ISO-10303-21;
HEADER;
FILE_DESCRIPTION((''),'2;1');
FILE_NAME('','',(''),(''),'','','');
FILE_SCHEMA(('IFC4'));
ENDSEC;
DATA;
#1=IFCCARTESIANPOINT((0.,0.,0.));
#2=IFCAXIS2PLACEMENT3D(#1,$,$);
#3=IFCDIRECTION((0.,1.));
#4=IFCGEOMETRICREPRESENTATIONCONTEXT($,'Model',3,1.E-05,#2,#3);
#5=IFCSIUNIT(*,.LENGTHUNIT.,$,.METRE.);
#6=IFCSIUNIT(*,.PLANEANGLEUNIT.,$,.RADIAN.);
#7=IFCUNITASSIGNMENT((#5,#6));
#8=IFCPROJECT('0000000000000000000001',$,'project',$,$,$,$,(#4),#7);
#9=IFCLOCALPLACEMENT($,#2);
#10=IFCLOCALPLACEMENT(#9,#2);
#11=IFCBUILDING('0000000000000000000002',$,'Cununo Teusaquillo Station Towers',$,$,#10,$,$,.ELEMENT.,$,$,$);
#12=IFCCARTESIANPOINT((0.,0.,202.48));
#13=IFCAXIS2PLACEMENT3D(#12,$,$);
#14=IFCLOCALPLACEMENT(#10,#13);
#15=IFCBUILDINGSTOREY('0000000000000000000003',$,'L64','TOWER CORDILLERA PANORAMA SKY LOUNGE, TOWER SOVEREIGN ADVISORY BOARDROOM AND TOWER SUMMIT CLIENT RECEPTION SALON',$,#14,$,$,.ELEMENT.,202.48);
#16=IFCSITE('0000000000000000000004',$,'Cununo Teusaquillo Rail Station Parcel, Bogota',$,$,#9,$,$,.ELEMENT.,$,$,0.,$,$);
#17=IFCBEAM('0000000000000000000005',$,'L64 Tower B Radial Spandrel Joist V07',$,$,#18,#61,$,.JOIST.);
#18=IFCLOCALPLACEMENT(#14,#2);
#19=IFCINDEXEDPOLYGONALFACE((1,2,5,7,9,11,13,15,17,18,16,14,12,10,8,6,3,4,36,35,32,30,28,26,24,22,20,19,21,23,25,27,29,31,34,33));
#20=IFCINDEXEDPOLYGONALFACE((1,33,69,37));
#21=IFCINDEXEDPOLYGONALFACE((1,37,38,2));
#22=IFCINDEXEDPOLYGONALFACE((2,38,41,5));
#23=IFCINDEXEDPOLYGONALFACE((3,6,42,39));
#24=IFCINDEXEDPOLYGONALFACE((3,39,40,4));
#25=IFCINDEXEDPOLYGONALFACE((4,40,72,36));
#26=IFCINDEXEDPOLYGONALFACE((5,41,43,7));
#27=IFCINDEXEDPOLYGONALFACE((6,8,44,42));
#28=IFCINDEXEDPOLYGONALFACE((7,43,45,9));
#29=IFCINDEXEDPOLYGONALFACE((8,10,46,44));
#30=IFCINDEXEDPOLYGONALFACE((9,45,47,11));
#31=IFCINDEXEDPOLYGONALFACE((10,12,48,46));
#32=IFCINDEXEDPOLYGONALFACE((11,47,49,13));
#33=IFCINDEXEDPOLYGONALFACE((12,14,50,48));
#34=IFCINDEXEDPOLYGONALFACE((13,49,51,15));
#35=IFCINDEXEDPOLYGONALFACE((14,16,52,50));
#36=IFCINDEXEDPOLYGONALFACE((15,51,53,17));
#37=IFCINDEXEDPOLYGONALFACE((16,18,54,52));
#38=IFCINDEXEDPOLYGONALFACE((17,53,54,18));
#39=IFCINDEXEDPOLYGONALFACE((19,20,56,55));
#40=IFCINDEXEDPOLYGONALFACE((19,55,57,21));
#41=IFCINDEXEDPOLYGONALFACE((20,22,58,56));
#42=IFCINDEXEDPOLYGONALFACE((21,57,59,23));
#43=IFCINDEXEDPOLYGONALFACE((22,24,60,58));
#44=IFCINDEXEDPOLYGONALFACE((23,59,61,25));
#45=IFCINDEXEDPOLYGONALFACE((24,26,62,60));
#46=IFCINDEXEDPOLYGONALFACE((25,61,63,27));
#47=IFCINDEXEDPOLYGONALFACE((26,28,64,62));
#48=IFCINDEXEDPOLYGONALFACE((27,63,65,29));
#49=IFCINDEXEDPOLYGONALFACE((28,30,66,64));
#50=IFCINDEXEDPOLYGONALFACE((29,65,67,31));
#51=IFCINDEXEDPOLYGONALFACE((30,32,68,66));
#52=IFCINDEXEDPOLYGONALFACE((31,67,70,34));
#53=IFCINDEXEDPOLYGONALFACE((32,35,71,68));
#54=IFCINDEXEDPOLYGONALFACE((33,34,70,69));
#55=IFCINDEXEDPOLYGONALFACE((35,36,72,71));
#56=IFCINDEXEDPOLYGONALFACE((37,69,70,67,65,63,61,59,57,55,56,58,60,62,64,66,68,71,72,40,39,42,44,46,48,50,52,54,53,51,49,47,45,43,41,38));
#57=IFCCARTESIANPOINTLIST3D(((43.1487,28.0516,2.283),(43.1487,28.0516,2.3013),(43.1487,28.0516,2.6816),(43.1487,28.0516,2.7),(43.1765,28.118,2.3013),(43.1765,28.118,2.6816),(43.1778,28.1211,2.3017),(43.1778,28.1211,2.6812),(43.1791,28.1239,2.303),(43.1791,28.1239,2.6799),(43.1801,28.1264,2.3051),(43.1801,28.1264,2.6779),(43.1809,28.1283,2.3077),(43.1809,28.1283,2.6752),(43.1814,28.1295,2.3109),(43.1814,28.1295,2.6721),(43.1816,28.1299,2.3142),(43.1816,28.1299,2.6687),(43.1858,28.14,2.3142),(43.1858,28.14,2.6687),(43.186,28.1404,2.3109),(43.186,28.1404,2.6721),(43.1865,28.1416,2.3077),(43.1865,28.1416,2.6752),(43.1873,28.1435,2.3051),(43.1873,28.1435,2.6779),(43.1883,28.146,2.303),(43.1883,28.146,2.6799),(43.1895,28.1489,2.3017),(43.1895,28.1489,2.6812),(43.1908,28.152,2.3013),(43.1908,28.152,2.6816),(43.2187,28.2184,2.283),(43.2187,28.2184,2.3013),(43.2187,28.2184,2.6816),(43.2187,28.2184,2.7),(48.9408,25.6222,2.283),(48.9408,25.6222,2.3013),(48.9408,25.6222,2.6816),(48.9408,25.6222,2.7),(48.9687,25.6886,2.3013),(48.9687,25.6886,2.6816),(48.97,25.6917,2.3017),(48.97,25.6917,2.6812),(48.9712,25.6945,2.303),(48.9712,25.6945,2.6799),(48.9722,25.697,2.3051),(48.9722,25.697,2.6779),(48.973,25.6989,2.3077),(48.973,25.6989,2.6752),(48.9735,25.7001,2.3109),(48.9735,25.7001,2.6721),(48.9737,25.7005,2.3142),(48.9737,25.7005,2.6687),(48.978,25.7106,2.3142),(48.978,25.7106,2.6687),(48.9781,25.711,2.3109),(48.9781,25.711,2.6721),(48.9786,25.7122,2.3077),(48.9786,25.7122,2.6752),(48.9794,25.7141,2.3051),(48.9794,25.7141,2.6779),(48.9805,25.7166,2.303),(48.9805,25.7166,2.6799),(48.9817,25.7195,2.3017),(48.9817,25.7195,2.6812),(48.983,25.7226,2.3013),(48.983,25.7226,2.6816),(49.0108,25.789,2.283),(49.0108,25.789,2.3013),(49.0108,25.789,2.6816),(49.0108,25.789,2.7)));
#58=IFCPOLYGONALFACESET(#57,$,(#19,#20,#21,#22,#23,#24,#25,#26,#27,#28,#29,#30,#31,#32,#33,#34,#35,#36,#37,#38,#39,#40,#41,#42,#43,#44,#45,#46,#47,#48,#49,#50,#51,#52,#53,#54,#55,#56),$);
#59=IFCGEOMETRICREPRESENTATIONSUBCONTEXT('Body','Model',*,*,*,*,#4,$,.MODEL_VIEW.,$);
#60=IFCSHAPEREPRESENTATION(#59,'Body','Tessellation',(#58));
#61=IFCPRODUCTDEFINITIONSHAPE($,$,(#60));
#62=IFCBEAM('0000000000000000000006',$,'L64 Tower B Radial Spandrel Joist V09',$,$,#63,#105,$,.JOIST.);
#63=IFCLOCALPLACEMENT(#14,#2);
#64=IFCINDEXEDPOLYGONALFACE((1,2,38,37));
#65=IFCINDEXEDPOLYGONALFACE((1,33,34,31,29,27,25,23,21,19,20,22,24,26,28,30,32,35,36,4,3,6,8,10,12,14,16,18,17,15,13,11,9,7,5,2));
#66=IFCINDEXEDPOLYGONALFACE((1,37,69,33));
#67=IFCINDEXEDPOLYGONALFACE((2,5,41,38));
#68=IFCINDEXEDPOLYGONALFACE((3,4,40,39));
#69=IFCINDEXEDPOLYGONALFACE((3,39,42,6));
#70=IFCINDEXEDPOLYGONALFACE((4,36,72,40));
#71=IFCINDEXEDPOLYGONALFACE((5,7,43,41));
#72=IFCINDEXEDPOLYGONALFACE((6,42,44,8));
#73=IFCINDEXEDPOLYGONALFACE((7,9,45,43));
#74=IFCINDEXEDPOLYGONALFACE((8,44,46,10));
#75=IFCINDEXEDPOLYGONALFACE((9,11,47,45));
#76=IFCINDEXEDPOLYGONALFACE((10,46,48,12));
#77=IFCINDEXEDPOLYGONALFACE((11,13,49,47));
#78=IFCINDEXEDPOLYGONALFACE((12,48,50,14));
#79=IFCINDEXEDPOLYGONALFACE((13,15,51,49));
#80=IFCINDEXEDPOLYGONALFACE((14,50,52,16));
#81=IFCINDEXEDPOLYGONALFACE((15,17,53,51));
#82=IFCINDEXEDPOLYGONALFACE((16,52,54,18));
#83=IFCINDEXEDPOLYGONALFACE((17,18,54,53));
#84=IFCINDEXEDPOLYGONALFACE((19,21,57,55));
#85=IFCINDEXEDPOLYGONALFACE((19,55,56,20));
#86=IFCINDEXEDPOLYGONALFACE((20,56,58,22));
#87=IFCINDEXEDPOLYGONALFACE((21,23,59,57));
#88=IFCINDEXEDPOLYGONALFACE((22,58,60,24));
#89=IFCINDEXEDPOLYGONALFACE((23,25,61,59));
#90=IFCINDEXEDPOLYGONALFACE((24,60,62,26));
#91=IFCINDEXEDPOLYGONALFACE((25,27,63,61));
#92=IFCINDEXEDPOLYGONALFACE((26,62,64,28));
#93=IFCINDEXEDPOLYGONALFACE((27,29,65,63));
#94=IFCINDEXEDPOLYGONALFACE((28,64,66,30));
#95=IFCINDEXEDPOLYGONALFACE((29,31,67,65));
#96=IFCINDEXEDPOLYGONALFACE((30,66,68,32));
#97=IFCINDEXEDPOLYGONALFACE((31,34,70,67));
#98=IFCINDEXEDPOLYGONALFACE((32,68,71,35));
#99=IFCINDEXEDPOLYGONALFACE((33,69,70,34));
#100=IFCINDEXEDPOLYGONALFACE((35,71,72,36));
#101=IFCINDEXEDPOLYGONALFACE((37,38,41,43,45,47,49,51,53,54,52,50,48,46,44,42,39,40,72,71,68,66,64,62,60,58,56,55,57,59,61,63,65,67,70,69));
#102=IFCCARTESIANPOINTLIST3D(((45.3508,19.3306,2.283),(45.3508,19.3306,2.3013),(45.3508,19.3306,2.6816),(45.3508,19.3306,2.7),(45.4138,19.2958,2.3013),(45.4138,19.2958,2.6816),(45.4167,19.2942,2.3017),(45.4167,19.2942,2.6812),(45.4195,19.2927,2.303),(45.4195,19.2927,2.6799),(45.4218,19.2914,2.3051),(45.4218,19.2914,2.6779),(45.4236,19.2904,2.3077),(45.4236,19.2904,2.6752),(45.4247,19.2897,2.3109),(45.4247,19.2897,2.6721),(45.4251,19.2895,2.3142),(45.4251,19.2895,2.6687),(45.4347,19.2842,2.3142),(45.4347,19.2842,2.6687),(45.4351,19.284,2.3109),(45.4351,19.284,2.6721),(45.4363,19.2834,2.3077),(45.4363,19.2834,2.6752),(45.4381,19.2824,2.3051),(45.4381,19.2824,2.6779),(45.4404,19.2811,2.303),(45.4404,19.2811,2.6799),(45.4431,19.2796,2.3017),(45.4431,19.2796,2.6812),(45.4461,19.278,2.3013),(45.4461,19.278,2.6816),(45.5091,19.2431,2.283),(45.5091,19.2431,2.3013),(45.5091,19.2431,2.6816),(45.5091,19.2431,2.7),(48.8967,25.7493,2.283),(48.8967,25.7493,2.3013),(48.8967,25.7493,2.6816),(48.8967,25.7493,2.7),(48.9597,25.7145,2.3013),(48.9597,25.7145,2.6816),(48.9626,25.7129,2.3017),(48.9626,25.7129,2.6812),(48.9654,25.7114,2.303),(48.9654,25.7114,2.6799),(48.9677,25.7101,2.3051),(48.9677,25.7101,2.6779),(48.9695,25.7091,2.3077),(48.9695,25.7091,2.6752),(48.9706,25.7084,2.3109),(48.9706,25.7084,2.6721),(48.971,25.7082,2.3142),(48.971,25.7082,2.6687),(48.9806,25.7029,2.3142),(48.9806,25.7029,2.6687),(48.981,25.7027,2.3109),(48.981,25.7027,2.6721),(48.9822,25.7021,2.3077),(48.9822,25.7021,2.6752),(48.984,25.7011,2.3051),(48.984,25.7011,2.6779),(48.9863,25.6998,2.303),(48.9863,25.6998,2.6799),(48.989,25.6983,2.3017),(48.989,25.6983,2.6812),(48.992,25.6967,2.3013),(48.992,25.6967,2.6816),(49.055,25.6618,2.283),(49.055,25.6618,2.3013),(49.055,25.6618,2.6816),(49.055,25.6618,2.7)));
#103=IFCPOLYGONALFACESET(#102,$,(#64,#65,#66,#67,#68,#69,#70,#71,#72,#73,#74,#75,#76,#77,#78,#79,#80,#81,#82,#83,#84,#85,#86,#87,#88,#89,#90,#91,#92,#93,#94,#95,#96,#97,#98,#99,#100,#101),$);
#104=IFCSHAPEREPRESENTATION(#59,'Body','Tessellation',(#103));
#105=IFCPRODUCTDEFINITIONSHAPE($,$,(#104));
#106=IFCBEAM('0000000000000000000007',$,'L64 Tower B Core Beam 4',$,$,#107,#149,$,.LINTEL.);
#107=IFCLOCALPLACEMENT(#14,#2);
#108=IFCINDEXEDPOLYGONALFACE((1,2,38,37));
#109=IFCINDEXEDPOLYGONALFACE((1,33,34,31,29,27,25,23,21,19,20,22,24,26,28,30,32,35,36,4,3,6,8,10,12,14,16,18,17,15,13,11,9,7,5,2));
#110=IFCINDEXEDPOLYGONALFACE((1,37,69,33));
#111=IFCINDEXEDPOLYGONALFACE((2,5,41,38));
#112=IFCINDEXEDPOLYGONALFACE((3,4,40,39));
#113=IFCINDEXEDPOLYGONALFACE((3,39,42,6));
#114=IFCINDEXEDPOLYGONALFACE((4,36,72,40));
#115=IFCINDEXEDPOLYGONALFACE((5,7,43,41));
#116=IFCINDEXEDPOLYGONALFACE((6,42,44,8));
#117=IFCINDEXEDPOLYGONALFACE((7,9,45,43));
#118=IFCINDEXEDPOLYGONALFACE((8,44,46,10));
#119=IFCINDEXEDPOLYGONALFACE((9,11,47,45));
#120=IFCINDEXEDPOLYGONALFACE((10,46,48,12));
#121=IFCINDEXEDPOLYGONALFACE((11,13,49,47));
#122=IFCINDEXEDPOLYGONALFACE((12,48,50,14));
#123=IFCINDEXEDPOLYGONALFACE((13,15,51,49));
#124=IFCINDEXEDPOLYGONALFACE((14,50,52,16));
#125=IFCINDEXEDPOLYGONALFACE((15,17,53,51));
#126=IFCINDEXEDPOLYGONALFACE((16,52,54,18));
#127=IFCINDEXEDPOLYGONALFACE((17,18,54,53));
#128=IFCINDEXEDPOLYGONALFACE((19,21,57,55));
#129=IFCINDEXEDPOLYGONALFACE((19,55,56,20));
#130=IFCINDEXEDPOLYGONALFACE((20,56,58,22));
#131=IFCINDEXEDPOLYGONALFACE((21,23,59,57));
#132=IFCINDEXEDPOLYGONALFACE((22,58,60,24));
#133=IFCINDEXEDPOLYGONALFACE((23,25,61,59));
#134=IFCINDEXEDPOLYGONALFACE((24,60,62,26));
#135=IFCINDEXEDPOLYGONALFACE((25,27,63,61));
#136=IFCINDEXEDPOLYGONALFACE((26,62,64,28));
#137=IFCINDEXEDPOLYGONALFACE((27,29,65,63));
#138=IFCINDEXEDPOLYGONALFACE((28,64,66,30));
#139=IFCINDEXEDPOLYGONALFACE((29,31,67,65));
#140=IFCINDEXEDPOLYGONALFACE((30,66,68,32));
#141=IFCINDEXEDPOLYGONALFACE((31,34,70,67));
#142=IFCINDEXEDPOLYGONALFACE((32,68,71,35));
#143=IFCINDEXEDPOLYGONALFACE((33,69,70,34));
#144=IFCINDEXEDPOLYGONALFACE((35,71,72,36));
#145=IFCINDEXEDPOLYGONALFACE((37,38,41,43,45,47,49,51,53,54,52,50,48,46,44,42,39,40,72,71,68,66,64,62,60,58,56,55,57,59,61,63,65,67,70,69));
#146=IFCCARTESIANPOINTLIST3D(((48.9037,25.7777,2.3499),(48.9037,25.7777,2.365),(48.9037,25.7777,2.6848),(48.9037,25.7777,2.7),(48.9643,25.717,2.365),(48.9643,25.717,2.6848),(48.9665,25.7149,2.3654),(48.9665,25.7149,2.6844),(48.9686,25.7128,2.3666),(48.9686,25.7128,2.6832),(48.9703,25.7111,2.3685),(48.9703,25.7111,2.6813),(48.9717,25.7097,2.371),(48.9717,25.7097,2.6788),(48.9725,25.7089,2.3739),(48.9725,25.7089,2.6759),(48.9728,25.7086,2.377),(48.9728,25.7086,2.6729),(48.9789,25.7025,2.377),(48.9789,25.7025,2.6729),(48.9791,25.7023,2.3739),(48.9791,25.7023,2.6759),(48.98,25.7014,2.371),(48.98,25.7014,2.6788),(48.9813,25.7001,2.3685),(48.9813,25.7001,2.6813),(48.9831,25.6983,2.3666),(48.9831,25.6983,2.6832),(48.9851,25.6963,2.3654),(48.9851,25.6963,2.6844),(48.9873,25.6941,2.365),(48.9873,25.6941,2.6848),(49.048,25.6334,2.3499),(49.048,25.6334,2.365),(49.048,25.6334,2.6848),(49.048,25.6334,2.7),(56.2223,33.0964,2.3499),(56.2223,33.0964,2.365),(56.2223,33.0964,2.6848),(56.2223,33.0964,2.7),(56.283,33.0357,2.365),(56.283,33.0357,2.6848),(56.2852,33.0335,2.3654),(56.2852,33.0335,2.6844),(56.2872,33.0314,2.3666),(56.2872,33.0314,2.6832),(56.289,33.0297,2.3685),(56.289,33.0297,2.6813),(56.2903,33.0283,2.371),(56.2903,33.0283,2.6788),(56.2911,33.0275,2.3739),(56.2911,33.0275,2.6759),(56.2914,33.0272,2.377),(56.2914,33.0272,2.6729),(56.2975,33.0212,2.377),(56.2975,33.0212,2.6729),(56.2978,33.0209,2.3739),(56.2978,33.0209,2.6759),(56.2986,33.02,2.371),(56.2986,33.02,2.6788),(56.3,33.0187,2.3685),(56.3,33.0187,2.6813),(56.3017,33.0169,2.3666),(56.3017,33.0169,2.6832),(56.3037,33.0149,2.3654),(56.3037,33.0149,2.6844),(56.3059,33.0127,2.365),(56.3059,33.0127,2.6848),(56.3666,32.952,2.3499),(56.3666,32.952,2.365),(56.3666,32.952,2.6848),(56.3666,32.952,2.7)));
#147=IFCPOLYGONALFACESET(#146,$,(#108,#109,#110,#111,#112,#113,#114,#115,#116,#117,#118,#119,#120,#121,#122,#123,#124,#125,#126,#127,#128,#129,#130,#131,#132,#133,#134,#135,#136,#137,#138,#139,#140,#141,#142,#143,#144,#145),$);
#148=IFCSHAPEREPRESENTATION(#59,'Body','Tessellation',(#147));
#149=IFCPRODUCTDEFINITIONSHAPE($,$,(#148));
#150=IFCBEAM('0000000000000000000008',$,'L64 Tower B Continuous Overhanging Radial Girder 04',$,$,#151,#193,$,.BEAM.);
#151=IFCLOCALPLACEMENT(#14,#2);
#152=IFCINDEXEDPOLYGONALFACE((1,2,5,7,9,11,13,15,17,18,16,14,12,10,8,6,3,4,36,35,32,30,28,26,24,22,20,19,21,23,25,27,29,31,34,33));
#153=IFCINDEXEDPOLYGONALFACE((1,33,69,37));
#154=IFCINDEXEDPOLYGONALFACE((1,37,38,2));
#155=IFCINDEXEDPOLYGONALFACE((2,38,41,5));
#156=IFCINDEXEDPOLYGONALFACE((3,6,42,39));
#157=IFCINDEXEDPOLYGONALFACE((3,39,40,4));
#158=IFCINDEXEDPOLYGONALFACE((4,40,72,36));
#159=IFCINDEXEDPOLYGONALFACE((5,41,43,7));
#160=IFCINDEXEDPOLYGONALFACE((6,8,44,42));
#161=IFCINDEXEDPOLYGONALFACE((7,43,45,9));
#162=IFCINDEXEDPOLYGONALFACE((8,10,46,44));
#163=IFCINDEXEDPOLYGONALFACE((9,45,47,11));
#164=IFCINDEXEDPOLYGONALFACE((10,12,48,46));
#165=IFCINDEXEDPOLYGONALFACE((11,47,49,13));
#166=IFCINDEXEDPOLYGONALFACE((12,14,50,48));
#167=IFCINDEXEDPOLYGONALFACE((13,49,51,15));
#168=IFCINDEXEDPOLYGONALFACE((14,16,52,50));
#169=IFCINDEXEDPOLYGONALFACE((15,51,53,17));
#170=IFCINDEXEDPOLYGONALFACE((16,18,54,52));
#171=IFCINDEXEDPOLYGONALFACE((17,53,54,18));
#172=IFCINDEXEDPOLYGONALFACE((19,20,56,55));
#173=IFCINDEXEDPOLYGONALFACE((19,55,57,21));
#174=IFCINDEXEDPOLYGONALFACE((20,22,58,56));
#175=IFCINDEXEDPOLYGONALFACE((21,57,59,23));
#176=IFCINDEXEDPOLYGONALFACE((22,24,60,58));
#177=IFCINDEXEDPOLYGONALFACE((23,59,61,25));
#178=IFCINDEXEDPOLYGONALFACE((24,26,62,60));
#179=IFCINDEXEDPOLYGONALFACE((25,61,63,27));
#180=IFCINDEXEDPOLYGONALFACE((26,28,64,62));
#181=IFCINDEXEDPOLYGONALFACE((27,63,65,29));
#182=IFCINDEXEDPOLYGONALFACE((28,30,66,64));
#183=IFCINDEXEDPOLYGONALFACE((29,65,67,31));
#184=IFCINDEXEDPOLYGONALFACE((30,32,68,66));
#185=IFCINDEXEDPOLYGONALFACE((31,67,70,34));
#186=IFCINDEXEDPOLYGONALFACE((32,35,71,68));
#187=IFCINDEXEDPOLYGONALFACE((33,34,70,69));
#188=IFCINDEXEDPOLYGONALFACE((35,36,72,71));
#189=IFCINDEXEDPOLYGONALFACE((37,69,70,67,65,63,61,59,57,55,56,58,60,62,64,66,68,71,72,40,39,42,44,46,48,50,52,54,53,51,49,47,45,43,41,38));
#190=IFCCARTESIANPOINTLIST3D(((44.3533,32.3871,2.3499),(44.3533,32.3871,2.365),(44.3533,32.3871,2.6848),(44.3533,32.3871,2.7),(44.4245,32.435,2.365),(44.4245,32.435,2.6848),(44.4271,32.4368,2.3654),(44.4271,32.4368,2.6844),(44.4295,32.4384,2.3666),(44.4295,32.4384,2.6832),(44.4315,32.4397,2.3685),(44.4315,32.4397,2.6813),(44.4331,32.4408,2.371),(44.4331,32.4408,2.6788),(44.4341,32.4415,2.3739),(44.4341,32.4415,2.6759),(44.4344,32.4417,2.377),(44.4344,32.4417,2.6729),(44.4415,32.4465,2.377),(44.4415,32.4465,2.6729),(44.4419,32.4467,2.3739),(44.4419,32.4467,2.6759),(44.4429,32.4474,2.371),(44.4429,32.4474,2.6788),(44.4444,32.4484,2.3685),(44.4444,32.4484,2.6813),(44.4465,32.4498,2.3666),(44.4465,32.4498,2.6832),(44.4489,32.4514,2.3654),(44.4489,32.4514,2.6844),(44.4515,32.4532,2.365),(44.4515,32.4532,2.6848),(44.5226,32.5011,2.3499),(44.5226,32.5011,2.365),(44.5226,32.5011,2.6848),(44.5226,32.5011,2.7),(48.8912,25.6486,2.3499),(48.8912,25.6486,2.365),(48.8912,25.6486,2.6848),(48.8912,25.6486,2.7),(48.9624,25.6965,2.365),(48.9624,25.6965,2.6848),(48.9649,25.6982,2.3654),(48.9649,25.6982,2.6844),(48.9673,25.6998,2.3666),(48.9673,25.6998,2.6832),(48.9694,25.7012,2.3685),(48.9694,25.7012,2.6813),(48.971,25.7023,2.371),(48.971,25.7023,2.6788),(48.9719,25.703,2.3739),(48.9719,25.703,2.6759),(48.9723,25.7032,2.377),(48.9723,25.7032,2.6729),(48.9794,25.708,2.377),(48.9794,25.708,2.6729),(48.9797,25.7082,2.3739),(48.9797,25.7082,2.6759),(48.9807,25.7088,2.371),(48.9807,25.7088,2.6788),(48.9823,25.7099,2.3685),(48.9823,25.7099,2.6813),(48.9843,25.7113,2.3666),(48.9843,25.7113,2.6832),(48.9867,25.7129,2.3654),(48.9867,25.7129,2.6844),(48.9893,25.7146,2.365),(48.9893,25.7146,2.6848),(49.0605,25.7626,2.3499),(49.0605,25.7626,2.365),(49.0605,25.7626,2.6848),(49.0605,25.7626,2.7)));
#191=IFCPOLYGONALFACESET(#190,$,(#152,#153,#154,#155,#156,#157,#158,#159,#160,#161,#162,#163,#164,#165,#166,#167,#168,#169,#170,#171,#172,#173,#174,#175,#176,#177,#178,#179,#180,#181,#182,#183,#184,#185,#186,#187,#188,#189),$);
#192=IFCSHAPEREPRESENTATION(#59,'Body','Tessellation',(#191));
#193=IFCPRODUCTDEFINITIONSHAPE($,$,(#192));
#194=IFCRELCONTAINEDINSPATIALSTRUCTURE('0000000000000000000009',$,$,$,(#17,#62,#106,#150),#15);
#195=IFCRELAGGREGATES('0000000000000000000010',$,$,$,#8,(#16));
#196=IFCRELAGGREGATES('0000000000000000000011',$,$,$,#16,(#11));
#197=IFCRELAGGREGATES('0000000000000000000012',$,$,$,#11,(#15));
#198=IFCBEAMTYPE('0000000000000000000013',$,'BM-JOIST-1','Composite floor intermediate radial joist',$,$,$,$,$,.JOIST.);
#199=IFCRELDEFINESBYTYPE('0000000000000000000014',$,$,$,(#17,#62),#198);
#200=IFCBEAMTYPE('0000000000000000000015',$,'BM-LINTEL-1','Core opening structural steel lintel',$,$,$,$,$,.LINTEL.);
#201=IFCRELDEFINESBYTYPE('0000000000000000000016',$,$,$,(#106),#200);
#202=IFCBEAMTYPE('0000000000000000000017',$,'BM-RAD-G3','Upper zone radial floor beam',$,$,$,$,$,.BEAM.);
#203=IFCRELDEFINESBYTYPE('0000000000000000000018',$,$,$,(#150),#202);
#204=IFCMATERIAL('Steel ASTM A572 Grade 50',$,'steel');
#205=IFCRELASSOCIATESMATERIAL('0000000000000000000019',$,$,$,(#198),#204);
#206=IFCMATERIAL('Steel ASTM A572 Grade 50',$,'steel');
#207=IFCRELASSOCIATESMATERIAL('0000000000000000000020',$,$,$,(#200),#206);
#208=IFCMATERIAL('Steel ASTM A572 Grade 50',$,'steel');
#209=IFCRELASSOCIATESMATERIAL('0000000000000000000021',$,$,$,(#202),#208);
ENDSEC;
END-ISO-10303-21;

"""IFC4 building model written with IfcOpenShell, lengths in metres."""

from ifc_helpers import new_model, si_unit, direction, frame, origin, origin_2d, place, context, subcontext, project, spatial, i_section, extrude, material, material_profile, profile_set, type_object, element, save


model = new_model("IFC4")

# Units and contexts
model_context = context("Model", 3, precision=1e-05, world=origin(), true_north=direction((0.0, 1.0)))
body_context = subcontext(model_context, "Body", "Model", "MODEL_VIEW")
ifc_project = project(units=[si_unit("LENGTHUNIT", "METRE"), si_unit("PLANEANGLEUNIT", "RADIAN")], contexts=[model_context])

# Site, building, storey
site_placement = place(None, origin())
site = spatial("IfcSite", under=ifc_project, at=site_placement, Name="Cununo Teusaquillo Rail Station Parcel, Bogota", CompositionType="ELEMENT", RefElevation=0.0)
building_placement = place(site_placement, origin())
building = spatial("IfcBuilding", under=site, at=building_placement, Name="Cununo Teusaquillo Station Towers", CompositionType="ELEMENT")
storey_placement = place(building_placement, frame((0.0, 0.0, 202.48)))
storey = spatial("IfcBuildingStorey", under=building, at=storey_placement, Name="L64", Description="TOWER CORDILLERA PANORAMA SKY LOUNGE, TOWER SOVEREIGN ADVISORY BOARDROOM AND TOWER SUMMIT CLIENT RECEPTION SALON", CompositionType="ELEMENT", Elevation=202.48)

# Beams
ifc_material_1 = material(Name="Steel ASTM A572 Grade 50", Category="steel")
ifc_material_profile_1 = material_profile(ifc_material_1, i_section(OverallWidth=0.1809, OverallDepth=0.417, WebThickness=0.011, FlangeThickness=0.0183, FilletRadius=0.0129, at=origin_2d()), Name="W16X57")
ifc_profile_set_1 = profile_set([ifc_material_profile_1], Name="Steel ASTM A572 Grade 50")
beam_type_1 = type_object("IfcBeamType", Name="BM-JOIST-1", Description="Composite floor intermediate radial joist", PredefinedType="JOIST", material=ifc_profile_set_1)
beam_1_placement = place(storey_placement, frame((48.9758, 25.7056, 2.4915), z_axis=(-0.922169, 0.386786, 0.0), x_axis=(-0.386786, -0.922169, 0.0)))
element("IfcBeam", 1, at=beam_1_placement, inside=storey, type_object=beam_type_1, Name="L64 Tower B Radial Spandrel Joist V07", PredefinedType="JOIST", context=body_context, shape_type="SweptSolid", body=[
    extrude(i_section(OverallWidth=0.1809, OverallDepth=0.417, WebThickness=0.011, FlangeThickness=0.0183, FilletRadius=0.0129, at=origin_2d()), origin(), (0.0, 0.0, 1.0), 6.281),
])
beam_2_placement = place(storey_placement, frame((48.9758, 25.7056, 2.4915), z_axis=(-0.483553, -0.875315, 0.0), x_axis=(0.875315, -0.483553, 0.0)))
element("IfcBeam", 2, at=beam_2_placement, inside=storey, type_object=beam_type_1, Name="L64 Tower B Radial Spandrel Joist V09", PredefinedType="JOIST", context=body_context, shape_type="SweptSolid", body=[
    extrude(i_section(OverallWidth=0.1809, OverallDepth=0.417, WebThickness=0.011, FlangeThickness=0.0183, FilletRadius=0.0129, at=origin_2d()), origin(), (0.0, 0.0, 1.0), 7.333),
])
ifc_material_2 = material(Name="Steel ASTM A572 Grade 50", Category="steel")
ifc_material_profile_2 = material_profile(ifc_material_2, i_section(OverallWidth=0.2041, OverallDepth=0.3501, WebThickness=0.0085, FlangeThickness=0.0151, FilletRadius=0.012, at=origin_2d()), Name="W14X48")
ifc_profile_set_2 = profile_set([ifc_material_profile_2], Name="Steel ASTM A572 Grade 50")
beam_type_2 = type_object("IfcBeamType", Name="BM-LINTEL-1", Description="Core opening structural steel lintel", PredefinedType="LINTEL", material=ifc_profile_set_2)
beam_3_placement = place(storey_placement, frame((48.9758, 25.7056, 2.5249), z_axis=(0.707107, 0.707107, 0.0), x_axis=(-0.707107, 0.707107, 0.0)))
element("IfcBeam", 3, at=beam_3_placement, inside=storey, type_object=beam_type_2, Name="L64 Tower B Core Beam 4", PredefinedType="LINTEL", context=body_context, shape_type="SweptSolid", body=[
    extrude(i_section(OverallWidth=0.2041, OverallDepth=0.3501, WebThickness=0.0085, FlangeThickness=0.0151, FilletRadius=0.012, at=origin_2d()), origin(), (0.0, 0.0, 1.0), 10.3501),
])
ifc_material_3 = material(Name="Steel ASTM A572 Grade 50", Category="steel")
ifc_material_profile_3 = material_profile(ifc_material_3, i_section(OverallWidth=0.2041, OverallDepth=0.3501, WebThickness=0.0085, FlangeThickness=0.0151, FilletRadius=0.012, at=origin_2d()), Name="W14X48")
ifc_profile_set_3 = profile_set([ifc_material_profile_3], Name="Steel ASTM A572 Grade 50")
beam_type_3 = type_object("IfcBeamType", Name="BM-RAD-G3", Description="Upper zone radial floor beam", PredefinedType="BEAM", material=ifc_profile_set_3)
beam_4_placement = place(storey_placement, frame((48.9758, 25.7056, 2.5249), z_axis=(-0.558571, 0.829457, 0.0), x_axis=(-0.829457, -0.558571, 0.0)))
element("IfcBeam", 4, at=beam_4_placement, inside=storey, type_object=beam_type_3, Name="L64 Tower B Continuous Overhanging Radial Girder 04", PredefinedType="BEAM", context=body_context, shape_type="SweptSolid", body=[
    extrude(i_section(OverallWidth=0.2041, OverallDepth=0.3501, WebThickness=0.0085, FlangeThickness=0.0151, FilletRadius=0.012, at=origin_2d()), origin(), (0.0, 0.0, 1.0), 8.124),
])

save(model, "model.ifc")
